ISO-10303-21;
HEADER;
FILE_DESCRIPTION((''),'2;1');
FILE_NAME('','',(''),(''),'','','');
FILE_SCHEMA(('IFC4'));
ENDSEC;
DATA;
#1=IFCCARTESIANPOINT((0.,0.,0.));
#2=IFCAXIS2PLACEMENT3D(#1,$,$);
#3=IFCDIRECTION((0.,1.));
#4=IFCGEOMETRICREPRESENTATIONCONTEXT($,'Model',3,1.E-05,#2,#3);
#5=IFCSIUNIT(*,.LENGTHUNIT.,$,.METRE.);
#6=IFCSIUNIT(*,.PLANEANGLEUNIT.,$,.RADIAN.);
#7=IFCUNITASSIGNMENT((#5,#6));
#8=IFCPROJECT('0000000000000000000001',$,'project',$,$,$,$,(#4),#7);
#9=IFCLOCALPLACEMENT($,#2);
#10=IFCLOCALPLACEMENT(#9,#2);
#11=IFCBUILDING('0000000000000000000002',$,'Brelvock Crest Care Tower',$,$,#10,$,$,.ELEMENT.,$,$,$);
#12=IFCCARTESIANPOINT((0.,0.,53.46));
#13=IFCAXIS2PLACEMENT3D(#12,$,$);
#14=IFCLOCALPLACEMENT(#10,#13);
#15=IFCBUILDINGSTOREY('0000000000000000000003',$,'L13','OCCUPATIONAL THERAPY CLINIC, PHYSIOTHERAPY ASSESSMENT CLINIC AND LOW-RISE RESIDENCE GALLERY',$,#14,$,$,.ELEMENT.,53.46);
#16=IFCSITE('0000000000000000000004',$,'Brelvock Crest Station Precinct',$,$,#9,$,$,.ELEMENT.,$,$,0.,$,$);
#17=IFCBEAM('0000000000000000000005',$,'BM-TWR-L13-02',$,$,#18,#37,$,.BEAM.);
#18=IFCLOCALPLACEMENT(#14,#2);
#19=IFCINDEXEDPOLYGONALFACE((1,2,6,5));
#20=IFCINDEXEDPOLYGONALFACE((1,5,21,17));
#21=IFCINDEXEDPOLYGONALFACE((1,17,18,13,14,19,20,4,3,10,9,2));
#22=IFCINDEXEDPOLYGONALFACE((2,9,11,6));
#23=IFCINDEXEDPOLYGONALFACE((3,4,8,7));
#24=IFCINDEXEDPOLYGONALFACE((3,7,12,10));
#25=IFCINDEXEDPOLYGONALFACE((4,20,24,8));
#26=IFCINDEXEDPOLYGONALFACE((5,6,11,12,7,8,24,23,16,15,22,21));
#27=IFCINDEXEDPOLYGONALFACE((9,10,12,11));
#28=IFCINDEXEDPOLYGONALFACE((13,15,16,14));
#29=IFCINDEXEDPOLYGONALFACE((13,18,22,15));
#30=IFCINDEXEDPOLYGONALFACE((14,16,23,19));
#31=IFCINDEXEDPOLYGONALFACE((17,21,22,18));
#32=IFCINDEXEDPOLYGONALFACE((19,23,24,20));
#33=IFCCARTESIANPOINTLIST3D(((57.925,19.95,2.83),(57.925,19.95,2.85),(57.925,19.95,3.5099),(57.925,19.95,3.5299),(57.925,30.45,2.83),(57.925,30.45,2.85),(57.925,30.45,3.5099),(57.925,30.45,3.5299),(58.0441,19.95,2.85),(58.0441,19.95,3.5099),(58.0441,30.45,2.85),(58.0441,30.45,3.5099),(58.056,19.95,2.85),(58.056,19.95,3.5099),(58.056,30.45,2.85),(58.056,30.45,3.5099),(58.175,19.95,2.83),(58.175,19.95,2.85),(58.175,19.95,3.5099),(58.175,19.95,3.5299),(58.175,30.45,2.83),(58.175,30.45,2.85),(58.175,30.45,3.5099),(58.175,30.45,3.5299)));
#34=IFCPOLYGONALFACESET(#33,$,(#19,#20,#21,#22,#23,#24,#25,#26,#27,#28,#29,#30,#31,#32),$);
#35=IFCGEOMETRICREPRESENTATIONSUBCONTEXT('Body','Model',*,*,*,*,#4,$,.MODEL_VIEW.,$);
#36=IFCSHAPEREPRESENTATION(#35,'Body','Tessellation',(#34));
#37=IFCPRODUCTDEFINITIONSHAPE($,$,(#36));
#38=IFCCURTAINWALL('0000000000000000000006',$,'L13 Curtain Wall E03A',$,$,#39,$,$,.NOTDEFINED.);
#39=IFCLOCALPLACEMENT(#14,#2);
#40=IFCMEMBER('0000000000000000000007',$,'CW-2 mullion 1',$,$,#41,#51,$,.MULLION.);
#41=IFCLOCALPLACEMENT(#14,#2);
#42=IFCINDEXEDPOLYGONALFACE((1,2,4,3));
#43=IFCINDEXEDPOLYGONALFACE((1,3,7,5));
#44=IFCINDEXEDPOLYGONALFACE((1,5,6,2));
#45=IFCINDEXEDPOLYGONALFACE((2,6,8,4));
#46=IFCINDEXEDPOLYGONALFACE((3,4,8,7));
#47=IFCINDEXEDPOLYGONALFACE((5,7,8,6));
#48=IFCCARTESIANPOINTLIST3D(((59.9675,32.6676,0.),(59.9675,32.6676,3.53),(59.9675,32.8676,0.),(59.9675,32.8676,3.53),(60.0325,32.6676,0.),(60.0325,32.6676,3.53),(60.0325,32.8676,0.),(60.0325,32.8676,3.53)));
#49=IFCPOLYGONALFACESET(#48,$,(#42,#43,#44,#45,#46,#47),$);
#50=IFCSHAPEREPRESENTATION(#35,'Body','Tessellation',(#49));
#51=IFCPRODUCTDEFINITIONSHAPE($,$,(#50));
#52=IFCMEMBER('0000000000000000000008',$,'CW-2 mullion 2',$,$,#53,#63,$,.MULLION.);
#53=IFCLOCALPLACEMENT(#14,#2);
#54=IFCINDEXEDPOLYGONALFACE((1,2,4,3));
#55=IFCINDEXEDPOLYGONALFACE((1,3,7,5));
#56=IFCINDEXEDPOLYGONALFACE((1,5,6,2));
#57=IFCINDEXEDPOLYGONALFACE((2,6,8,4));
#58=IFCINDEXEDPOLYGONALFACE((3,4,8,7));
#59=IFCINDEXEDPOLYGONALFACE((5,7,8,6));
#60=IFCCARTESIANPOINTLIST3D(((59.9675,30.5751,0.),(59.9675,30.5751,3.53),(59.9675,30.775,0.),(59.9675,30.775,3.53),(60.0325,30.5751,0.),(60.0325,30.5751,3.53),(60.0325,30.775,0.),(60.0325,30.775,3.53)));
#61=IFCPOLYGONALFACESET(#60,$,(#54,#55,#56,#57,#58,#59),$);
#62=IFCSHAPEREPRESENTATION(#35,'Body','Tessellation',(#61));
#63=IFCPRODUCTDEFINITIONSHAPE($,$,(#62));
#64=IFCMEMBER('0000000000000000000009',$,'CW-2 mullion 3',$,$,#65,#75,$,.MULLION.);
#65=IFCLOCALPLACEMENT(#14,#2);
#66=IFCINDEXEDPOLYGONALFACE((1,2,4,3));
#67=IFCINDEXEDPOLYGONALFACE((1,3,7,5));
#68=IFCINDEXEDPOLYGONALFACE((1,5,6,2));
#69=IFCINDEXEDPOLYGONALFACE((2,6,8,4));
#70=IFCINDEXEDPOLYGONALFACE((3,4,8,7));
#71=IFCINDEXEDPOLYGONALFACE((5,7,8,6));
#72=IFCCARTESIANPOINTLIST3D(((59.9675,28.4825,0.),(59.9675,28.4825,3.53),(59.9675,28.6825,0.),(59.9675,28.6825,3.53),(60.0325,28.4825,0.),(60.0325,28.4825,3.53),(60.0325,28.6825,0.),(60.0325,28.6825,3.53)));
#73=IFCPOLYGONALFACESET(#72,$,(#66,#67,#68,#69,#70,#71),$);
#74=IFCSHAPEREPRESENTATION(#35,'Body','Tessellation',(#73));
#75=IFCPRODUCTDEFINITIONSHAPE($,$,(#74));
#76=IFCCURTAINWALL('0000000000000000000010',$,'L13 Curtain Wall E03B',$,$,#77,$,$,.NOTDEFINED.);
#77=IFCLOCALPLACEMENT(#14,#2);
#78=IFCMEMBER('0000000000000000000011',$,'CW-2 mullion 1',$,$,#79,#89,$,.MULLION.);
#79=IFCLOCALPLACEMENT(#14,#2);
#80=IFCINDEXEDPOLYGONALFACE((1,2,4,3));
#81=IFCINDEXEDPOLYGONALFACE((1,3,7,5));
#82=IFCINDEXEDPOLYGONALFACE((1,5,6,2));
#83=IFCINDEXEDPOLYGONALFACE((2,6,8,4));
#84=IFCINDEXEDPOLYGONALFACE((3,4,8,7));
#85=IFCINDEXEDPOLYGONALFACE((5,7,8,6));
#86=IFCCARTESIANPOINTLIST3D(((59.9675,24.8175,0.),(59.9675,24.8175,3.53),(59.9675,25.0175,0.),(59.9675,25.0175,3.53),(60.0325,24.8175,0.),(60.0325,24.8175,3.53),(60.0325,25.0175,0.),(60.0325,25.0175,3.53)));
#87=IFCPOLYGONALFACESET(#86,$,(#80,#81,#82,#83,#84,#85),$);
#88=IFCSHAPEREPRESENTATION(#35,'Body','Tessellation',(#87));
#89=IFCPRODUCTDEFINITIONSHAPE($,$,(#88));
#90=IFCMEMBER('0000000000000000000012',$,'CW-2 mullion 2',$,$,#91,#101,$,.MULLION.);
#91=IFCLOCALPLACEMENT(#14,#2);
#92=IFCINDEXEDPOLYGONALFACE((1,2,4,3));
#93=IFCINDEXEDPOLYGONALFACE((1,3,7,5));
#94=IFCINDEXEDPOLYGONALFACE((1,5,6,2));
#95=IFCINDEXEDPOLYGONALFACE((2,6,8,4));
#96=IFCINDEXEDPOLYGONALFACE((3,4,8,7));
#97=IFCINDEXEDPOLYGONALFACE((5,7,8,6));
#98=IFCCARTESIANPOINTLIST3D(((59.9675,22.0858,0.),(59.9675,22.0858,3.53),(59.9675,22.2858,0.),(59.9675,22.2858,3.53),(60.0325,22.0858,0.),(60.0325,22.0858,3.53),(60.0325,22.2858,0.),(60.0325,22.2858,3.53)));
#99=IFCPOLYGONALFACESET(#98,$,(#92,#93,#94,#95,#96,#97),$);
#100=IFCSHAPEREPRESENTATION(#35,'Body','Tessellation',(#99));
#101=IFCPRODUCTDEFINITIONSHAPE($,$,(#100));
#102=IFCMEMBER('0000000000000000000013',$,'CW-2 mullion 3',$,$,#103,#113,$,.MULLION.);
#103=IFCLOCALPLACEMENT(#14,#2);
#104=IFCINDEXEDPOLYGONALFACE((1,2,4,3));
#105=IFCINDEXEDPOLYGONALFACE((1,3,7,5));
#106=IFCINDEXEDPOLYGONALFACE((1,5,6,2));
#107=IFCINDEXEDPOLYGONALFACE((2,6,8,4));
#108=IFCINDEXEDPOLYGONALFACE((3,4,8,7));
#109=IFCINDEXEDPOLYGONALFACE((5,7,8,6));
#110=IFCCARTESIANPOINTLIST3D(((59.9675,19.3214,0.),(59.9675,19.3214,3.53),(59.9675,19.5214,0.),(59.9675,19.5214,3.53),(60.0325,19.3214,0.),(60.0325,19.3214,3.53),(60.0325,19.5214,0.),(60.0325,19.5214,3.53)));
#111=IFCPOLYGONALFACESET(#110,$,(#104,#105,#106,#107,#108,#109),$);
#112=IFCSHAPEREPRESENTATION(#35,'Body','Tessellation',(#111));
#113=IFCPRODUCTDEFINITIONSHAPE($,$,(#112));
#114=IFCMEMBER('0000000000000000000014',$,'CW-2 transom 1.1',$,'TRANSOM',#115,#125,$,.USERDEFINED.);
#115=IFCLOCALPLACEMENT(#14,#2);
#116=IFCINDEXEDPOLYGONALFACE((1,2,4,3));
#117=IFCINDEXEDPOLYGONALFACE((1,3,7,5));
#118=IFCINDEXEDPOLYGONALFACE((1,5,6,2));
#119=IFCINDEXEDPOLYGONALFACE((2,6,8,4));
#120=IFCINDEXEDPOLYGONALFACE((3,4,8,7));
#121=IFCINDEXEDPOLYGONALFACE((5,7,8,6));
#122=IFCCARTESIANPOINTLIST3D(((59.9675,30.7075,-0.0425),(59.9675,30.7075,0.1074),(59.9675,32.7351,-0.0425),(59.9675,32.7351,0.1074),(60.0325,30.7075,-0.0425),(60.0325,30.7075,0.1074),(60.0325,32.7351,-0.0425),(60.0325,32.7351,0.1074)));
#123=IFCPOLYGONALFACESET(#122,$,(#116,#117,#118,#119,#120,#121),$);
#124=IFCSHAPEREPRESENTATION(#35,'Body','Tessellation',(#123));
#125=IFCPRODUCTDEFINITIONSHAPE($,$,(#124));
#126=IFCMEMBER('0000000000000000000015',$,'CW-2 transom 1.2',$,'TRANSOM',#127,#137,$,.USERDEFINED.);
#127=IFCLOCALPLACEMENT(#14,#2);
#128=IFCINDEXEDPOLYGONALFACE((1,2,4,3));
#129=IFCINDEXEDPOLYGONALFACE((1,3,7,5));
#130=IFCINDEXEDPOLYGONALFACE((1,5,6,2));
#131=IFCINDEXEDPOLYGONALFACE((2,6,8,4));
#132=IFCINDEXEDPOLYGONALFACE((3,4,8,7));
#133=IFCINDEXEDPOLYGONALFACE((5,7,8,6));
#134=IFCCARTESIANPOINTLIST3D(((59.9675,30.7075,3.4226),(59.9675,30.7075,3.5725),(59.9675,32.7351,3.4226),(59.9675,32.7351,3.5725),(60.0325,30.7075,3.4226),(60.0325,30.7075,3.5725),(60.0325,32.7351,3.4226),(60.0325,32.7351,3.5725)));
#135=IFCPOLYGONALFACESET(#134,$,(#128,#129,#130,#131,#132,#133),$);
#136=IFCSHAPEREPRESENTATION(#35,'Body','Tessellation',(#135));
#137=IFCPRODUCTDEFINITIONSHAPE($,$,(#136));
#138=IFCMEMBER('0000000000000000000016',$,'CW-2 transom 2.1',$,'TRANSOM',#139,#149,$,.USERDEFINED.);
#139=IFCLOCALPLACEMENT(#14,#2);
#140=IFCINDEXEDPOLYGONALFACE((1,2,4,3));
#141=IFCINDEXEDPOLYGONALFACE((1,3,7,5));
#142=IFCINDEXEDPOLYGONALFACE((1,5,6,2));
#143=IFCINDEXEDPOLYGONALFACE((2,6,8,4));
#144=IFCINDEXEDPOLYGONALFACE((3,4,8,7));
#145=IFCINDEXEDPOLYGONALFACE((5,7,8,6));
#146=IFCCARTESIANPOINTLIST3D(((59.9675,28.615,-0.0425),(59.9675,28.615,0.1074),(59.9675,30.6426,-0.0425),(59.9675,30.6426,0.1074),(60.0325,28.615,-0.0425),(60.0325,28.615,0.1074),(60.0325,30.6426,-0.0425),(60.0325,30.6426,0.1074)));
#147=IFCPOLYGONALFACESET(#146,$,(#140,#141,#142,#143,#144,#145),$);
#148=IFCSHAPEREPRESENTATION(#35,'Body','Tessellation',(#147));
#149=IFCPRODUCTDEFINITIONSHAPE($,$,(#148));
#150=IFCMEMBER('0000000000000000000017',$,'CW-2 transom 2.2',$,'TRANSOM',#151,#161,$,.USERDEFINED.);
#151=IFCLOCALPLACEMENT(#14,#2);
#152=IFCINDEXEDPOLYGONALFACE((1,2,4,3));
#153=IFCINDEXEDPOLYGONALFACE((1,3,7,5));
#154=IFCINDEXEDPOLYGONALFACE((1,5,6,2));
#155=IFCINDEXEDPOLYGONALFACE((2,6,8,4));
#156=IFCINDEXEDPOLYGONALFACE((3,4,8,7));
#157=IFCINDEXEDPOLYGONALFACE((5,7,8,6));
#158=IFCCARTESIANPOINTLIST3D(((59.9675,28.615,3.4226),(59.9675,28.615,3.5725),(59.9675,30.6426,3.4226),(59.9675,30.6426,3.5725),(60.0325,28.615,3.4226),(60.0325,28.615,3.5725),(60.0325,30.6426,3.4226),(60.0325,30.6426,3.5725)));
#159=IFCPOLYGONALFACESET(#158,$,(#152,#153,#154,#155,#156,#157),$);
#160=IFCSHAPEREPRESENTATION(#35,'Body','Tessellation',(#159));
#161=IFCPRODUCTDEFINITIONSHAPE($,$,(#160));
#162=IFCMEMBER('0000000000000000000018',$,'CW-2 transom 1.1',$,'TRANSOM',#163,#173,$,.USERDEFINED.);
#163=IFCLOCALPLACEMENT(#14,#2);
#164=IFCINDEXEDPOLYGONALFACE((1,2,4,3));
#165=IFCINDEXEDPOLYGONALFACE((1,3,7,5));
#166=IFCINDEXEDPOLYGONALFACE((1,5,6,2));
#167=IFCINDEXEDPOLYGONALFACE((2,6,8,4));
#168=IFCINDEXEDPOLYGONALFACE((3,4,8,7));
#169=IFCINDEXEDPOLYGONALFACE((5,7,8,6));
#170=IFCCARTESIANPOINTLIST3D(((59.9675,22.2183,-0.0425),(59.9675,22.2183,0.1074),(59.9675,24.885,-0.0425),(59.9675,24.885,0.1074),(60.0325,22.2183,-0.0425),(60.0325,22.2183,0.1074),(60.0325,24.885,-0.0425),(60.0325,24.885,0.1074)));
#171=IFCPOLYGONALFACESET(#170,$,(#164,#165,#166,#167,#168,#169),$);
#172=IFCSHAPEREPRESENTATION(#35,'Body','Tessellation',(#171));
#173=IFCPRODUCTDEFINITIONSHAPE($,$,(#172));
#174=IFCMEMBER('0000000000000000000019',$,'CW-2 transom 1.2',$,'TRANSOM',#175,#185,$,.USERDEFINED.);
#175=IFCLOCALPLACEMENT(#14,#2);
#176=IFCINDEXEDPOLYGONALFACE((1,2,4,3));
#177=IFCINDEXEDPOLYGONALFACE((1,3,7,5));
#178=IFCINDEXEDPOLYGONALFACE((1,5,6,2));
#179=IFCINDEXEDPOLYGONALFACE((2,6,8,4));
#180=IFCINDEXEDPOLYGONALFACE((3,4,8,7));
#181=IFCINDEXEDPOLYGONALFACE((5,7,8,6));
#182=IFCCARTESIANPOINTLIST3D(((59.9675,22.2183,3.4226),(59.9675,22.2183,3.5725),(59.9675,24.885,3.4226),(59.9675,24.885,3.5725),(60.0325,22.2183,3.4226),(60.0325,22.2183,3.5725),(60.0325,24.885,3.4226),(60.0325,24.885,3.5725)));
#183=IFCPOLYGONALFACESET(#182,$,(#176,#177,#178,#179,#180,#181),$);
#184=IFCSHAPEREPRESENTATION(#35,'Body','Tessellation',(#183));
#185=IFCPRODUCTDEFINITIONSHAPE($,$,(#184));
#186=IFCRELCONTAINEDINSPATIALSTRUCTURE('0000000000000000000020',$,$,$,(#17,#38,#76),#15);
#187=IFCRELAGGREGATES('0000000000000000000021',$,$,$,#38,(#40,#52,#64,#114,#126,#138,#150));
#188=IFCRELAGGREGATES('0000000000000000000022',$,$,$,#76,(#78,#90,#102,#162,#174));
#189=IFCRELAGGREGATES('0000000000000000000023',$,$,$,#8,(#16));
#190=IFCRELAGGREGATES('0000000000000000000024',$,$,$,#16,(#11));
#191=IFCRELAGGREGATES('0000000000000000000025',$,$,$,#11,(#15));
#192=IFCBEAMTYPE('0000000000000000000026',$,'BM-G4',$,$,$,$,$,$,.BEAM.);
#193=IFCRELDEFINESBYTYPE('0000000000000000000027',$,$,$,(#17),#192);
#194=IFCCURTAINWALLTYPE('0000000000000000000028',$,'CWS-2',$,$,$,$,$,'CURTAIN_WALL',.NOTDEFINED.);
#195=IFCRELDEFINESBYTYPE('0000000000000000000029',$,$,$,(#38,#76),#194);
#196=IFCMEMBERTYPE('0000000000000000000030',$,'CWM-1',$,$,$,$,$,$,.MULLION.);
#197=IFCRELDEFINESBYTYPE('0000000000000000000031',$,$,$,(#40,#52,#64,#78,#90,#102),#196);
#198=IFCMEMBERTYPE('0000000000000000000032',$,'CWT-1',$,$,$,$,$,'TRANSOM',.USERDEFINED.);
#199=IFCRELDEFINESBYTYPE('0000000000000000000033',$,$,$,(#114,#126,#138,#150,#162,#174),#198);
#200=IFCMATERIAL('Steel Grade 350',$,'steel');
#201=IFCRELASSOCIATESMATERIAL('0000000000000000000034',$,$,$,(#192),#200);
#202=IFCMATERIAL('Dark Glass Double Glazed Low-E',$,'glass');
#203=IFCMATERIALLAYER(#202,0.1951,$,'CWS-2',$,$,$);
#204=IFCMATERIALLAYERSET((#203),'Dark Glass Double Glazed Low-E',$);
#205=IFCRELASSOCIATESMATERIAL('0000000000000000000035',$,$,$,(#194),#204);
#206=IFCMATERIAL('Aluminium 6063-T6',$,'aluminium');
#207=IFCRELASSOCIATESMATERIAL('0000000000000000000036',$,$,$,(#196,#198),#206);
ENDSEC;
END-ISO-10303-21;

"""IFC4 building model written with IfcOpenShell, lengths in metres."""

from ifc_helpers import new_model, si_unit, direction, frame, origin, origin_2d, place, context, subcontext, project, spatial, rectangle, i_section, extrude, source, transform, mapped, material, layer, layer_set, material_profile, profile_set, type_object, element, aggregate, save


model = new_model("IFC4")

# Units and contexts
model_context = context("Model", 3, precision=1e-05, world=origin(), true_north=direction((0.0, 1.0)))
body_context = subcontext(model_context, "Body", "Model", "MODEL_VIEW")
ifc_project = project(units=[si_unit("LENGTHUNIT", "METRE"), si_unit("PLANEANGLEUNIT", "RADIAN")], contexts=[model_context])

# Site, building, storey
site_placement = place(None, origin())
site = spatial("IfcSite", under=ifc_project, at=site_placement, Name="Brelvock Crest Station Precinct", CompositionType="ELEMENT", RefElevation=0.0)
building_placement = place(site_placement, origin())
building = spatial("IfcBuilding", under=site, at=building_placement, Name="Brelvock Crest Care Tower", CompositionType="ELEMENT")
storey_placement = place(building_placement, frame((0.0, 0.0, 53.46)))
storey = spatial("IfcBuildingStorey", under=building, at=storey_placement, Name="L13", Description="OCCUPATIONAL THERAPY CLINIC, PHYSIOTHERAPY ASSESSMENT CLINIC AND LOW-RISE RESIDENCE GALLERY", CompositionType="ELEMENT", Elevation=53.46)

# Shared definitions
ifc_material_1 = material(Name="Steel Grade 350", Category="steel")

# Beam
ifc_material_profile_1 = material_profile(ifc_material_1, i_section(OverallWidth=0.25, OverallDepth=0.7, WebThickness=0.012, FlangeThickness=0.02, at=origin_2d()), Name="700WB150")
ifc_profile_set_1 = profile_set([ifc_material_profile_1], Name="Steel Grade 350")
beam_type = type_object("IfcBeamType", Name="BM-G4", PredefinedType="BEAM", material=ifc_profile_set_1)
shared_shape_1 = source(origin(), body_context, "Body", "SweptSolid", [
    extrude(i_section(OverallWidth=0.25, OverallDepth=0.7, WebThickness=0.012, FlangeThickness=0.02, at=origin_2d()), origin(), (0.0, 0.0, 1.0), 10.5),
])
beam_placement = place(storey_placement, frame((58.05, 19.95, 3.1799), z_axis=(0.0, 1.0, 0.0), x_axis=(-1.0, 0.0, 0.0)))
element("IfcBeam", 1, at=beam_placement, inside=storey, type_object=beam_type, Name="BM-TWR-L13-02", PredefinedType="BEAM", context=body_context, shape_type="MappedRepresentation", body=[
    mapped(shared_shape_1, transform((0.0, 0.0, 0.0), x_axis=(1.0, 0.0, 0.0), y_axis=(0.0, 1.0, 0.0), z_axis=(0.0, 0.0, 1.0), scale=1.0)),
])

# Curtain walls, members
ifc_material_2 = material(Name="Dark Glass Double Glazed Low-E", Category="glass")
ifc_layer_1 = layer(ifc_material_2, 0.1951, Name="CWS-2")
ifc_layer_set_1 = layer_set([ifc_layer_1], Name="Dark Glass Double Glazed Low-E")
curtain_wall_type = type_object("IfcCurtainWallType", Name="CWS-2", ElementType="CURTAIN_WALL", PredefinedType="NOTDEFINED", material=ifc_layer_set_1)
curtain_wall_1_placement = place(storey_placement, origin())
curtain_wall_1 = element("IfcCurtainWall", 2, at=curtain_wall_1_placement, inside=storey, type_object=curtain_wall_type, Name="L13 Curtain Wall E03A", PredefinedType="NOTDEFINED")
ifc_material_3 = material(Name="Aluminium 6063-T6", Category="aluminium")
ifc_material_profile_2 = material_profile(ifc_material_3, rectangle(XDim=0.0649, YDim=0.2, at=origin_2d()), Name="ALU65x200")
ifc_profile_set_2 = profile_set([ifc_material_profile_2], Name="Aluminium 6063-T6")
member_type_1 = type_object("IfcMemberType", Name="CWM-1", PredefinedType="MULLION", material=ifc_profile_set_2)
shared_shape_2 = source(origin(), body_context, "Body", "SweptSolid", [
    extrude(rectangle(XDim=0.0649, YDim=0.2, at=origin_2d()), origin(), (0.0, 0.0, 1.0), 3.53),
])
member_1_placement = place(storey_placement, frame((60.0, 32.7676, 0.0), z_axis=(0.0, 0.0, 1.0), x_axis=(1.0, 0.0, 0.0)))
member_1 = element("IfcMember", 3, at=member_1_placement, type_object=member_type_1, Name="CW-2 mullion 1", PredefinedType="MULLION", context=body_context, shape_type="MappedRepresentation", body=[
    mapped(shared_shape_2, transform((0.0, 0.0, 0.0), x_axis=(1.0, 0.0, 0.0), y_axis=(0.0, 1.0, 0.0), z_axis=(0.0, 0.0, 1.0), scale=1.0)),
])
member_2_placement = place(storey_placement, frame((60.0, 30.675, 0.0), z_axis=(0.0, 0.0, 1.0), x_axis=(1.0, 0.0, 0.0)))
member_2 = element("IfcMember", 4, at=member_2_placement, type_object=member_type_1, Name="CW-2 mullion 2", PredefinedType="MULLION", context=body_context, shape_type="MappedRepresentation", body=[
    mapped(shared_shape_2, transform((0.0, 0.0, 0.0), x_axis=(1.0, 0.0, 0.0), y_axis=(0.0, 1.0, 0.0), z_axis=(0.0, 0.0, 1.0), scale=1.0)),
])
member_3_placement = place(storey_placement, frame((60.0, 28.5825, 0.0), z_axis=(0.0, 0.0, 1.0), x_axis=(1.0, 0.0, 0.0)))
member_3 = element("IfcMember", 5, at=member_3_placement, type_object=member_type_1, Name="CW-2 mullion 3", PredefinedType="MULLION", context=body_context, shape_type="MappedRepresentation", body=[
    mapped(shared_shape_2, transform((0.0, 0.0, 0.0), x_axis=(1.0, 0.0, 0.0), y_axis=(0.0, 1.0, 0.0), z_axis=(0.0, 0.0, 1.0), scale=1.0)),
])
curtain_wall_2_placement = place(storey_placement, origin())
curtain_wall_2 = element("IfcCurtainWall", 6, at=curtain_wall_2_placement, inside=storey, type_object=curtain_wall_type, Name="L13 Curtain Wall E03B", PredefinedType="NOTDEFINED")
member_4_placement = place(storey_placement, frame((60.0, 24.9175, 0.0), z_axis=(0.0, 0.0, 1.0), x_axis=(1.0, 0.0, 0.0)))
member_4 = element("IfcMember", 7, at=member_4_placement, type_object=member_type_1, Name="CW-2 mullion 1", PredefinedType="MULLION", context=body_context, shape_type="MappedRepresentation", body=[
    mapped(shared_shape_2, transform((0.0, 0.0, 0.0), x_axis=(1.0, 0.0, 0.0), y_axis=(0.0, 1.0, 0.0), z_axis=(0.0, 0.0, 1.0), scale=1.0)),
])
member_5_placement = place(storey_placement, frame((60.0, 22.1858, 0.0), z_axis=(0.0, 0.0, 1.0), x_axis=(1.0, 0.0, 0.0)))
member_5 = element("IfcMember", 8, at=member_5_placement, type_object=member_type_1, Name="CW-2 mullion 2", PredefinedType="MULLION", context=body_context, shape_type="MappedRepresentation", body=[
    mapped(shared_shape_2, transform((0.0, 0.0, 0.0), x_axis=(1.0, 0.0, 0.0), y_axis=(0.0, 1.0, 0.0), z_axis=(0.0, 0.0, 1.0), scale=1.0)),
])
member_6_placement = place(storey_placement, frame((60.0, 19.4214, 0.0), z_axis=(0.0, 0.0, 1.0), x_axis=(1.0, 0.0, 0.0)))
member_6 = element("IfcMember", 9, at=member_6_placement, type_object=member_type_1, Name="CW-2 mullion 3", PredefinedType="MULLION", context=body_context, shape_type="MappedRepresentation", body=[
    mapped(shared_shape_2, transform((0.0, 0.0, 0.0), x_axis=(1.0, 0.0, 0.0), y_axis=(0.0, 1.0, 0.0), z_axis=(0.0, 0.0, 1.0), scale=1.0)),
])

# Members
ifc_material_profile_3 = material_profile(ifc_material_3, rectangle(XDim=0.0649, YDim=0.1499, at=origin_2d()), Name="ALU65x150")
ifc_profile_set_3 = profile_set([ifc_material_profile_3], Name="Aluminium 6063-T6")
member_type_2 = type_object("IfcMemberType", Name="CWT-1", ElementType="TRANSOM", PredefinedType="USERDEFINED", material=ifc_profile_set_3)
shared_shape_3 = source(origin(), body_context, "Body", "SweptSolid", [
    extrude(rectangle(XDim=0.0649, YDim=0.1499, at=origin_2d()), origin(), (0.0, 0.0, 1.0), 2.0276),
])
member_7_placement = place(storey_placement, frame((60.0, 32.7351, 0.0325), z_axis=(0.0, -1.0, 0.0), x_axis=(1.0, 0.0, 0.0)))
member_7 = element("IfcMember", 10, at=member_7_placement, type_object=member_type_2, Name="CW-2 transom 1.1", ObjectType="TRANSOM", PredefinedType="USERDEFINED", context=body_context, shape_type="MappedRepresentation", body=[
    mapped(shared_shape_3, transform((0.0, 0.0, 0.0), x_axis=(1.0, 0.0, 0.0), y_axis=(0.0, 1.0, 0.0), z_axis=(0.0, 0.0, 1.0), scale=1.0)),
])
member_8_placement = place(storey_placement, frame((60.0, 32.7351, 3.4976), z_axis=(0.0, -1.0, 0.0), x_axis=(1.0, 0.0, 0.0)))
member_8 = element("IfcMember", 11, at=member_8_placement, type_object=member_type_2, Name="CW-2 transom 1.2", ObjectType="TRANSOM", PredefinedType="USERDEFINED", context=body_context, shape_type="MappedRepresentation", body=[
    mapped(shared_shape_3, transform((0.0, 0.0, 0.0), x_axis=(1.0, 0.0, 0.0), y_axis=(0.0, 1.0, 0.0), z_axis=(0.0, 0.0, 1.0), scale=1.0)),
])
member_9_placement = place(storey_placement, frame((60.0, 30.6426, 0.0325), z_axis=(0.0, -1.0, 0.0), x_axis=(1.0, 0.0, 0.0)))
member_9 = element("IfcMember", 12, at=member_9_placement, type_object=member_type_2, Name="CW-2 transom 2.1", ObjectType="TRANSOM", PredefinedType="USERDEFINED", context=body_context, shape_type="MappedRepresentation", body=[
    mapped(shared_shape_3, transform((0.0, 0.0, 0.0), x_axis=(1.0, 0.0, 0.0), y_axis=(0.0, 1.0, 0.0), z_axis=(0.0, 0.0, 1.0), scale=1.0)),
])
member_10_placement = place(storey_placement, frame((60.0, 30.6426, 3.4976), z_axis=(0.0, -1.0, 0.0), x_axis=(1.0, 0.0, 0.0)))
member_10 = element("IfcMember", 13, at=member_10_placement, type_object=member_type_2, Name="CW-2 transom 2.2", ObjectType="TRANSOM", PredefinedType="USERDEFINED", context=body_context, shape_type="MappedRepresentation", body=[
    mapped(shared_shape_3, transform((0.0, 0.0, 0.0), x_axis=(1.0, 0.0, 0.0), y_axis=(0.0, 1.0, 0.0), z_axis=(0.0, 0.0, 1.0), scale=1.0)),
])
shared_shape_4 = source(origin(), body_context, "Body", "SweptSolid", [
    extrude(rectangle(XDim=0.0649, YDim=0.1499, at=origin_2d()), origin(), (0.0, 0.0, 1.0), 2.6667),
])
member_11_placement = place(storey_placement, frame((60.0, 24.885, 0.0325), z_axis=(0.0, -1.0, 0.0), x_axis=(1.0, 0.0, 0.0)))
member_11 = element("IfcMember", 14, at=member_11_placement, type_object=member_type_2, Name="CW-2 transom 1.1", ObjectType="TRANSOM", PredefinedType="USERDEFINED", context=body_context, shape_type="MappedRepresentation", body=[
    mapped(shared_shape_4, transform((0.0, 0.0, 0.0), x_axis=(1.0, 0.0, 0.0), y_axis=(0.0, 1.0, 0.0), z_axis=(0.0, 0.0, 1.0), scale=1.0)),
])
member_12_placement = place(storey_placement, frame((60.0, 24.885, 3.4976), z_axis=(0.0, -1.0, 0.0), x_axis=(1.0, 0.0, 0.0)))
member_12 = element("IfcMember", 15, at=member_12_placement, type_object=member_type_2, Name="CW-2 transom 1.2", ObjectType="TRANSOM", PredefinedType="USERDEFINED", context=body_context, shape_type="MappedRepresentation", body=[
    mapped(shared_shape_4, transform((0.0, 0.0, 0.0), x_axis=(1.0, 0.0, 0.0), y_axis=(0.0, 1.0, 0.0), z_axis=(0.0, 0.0, 1.0), scale=1.0)),
])

aggregate(curtain_wall_1, [member_1, member_2, member_3, member_7, member_8, member_9, member_10])
aggregate(curtain_wall_2, [member_4, member_5, member_6, member_11, member_12])

save(model, "model.ifc")
